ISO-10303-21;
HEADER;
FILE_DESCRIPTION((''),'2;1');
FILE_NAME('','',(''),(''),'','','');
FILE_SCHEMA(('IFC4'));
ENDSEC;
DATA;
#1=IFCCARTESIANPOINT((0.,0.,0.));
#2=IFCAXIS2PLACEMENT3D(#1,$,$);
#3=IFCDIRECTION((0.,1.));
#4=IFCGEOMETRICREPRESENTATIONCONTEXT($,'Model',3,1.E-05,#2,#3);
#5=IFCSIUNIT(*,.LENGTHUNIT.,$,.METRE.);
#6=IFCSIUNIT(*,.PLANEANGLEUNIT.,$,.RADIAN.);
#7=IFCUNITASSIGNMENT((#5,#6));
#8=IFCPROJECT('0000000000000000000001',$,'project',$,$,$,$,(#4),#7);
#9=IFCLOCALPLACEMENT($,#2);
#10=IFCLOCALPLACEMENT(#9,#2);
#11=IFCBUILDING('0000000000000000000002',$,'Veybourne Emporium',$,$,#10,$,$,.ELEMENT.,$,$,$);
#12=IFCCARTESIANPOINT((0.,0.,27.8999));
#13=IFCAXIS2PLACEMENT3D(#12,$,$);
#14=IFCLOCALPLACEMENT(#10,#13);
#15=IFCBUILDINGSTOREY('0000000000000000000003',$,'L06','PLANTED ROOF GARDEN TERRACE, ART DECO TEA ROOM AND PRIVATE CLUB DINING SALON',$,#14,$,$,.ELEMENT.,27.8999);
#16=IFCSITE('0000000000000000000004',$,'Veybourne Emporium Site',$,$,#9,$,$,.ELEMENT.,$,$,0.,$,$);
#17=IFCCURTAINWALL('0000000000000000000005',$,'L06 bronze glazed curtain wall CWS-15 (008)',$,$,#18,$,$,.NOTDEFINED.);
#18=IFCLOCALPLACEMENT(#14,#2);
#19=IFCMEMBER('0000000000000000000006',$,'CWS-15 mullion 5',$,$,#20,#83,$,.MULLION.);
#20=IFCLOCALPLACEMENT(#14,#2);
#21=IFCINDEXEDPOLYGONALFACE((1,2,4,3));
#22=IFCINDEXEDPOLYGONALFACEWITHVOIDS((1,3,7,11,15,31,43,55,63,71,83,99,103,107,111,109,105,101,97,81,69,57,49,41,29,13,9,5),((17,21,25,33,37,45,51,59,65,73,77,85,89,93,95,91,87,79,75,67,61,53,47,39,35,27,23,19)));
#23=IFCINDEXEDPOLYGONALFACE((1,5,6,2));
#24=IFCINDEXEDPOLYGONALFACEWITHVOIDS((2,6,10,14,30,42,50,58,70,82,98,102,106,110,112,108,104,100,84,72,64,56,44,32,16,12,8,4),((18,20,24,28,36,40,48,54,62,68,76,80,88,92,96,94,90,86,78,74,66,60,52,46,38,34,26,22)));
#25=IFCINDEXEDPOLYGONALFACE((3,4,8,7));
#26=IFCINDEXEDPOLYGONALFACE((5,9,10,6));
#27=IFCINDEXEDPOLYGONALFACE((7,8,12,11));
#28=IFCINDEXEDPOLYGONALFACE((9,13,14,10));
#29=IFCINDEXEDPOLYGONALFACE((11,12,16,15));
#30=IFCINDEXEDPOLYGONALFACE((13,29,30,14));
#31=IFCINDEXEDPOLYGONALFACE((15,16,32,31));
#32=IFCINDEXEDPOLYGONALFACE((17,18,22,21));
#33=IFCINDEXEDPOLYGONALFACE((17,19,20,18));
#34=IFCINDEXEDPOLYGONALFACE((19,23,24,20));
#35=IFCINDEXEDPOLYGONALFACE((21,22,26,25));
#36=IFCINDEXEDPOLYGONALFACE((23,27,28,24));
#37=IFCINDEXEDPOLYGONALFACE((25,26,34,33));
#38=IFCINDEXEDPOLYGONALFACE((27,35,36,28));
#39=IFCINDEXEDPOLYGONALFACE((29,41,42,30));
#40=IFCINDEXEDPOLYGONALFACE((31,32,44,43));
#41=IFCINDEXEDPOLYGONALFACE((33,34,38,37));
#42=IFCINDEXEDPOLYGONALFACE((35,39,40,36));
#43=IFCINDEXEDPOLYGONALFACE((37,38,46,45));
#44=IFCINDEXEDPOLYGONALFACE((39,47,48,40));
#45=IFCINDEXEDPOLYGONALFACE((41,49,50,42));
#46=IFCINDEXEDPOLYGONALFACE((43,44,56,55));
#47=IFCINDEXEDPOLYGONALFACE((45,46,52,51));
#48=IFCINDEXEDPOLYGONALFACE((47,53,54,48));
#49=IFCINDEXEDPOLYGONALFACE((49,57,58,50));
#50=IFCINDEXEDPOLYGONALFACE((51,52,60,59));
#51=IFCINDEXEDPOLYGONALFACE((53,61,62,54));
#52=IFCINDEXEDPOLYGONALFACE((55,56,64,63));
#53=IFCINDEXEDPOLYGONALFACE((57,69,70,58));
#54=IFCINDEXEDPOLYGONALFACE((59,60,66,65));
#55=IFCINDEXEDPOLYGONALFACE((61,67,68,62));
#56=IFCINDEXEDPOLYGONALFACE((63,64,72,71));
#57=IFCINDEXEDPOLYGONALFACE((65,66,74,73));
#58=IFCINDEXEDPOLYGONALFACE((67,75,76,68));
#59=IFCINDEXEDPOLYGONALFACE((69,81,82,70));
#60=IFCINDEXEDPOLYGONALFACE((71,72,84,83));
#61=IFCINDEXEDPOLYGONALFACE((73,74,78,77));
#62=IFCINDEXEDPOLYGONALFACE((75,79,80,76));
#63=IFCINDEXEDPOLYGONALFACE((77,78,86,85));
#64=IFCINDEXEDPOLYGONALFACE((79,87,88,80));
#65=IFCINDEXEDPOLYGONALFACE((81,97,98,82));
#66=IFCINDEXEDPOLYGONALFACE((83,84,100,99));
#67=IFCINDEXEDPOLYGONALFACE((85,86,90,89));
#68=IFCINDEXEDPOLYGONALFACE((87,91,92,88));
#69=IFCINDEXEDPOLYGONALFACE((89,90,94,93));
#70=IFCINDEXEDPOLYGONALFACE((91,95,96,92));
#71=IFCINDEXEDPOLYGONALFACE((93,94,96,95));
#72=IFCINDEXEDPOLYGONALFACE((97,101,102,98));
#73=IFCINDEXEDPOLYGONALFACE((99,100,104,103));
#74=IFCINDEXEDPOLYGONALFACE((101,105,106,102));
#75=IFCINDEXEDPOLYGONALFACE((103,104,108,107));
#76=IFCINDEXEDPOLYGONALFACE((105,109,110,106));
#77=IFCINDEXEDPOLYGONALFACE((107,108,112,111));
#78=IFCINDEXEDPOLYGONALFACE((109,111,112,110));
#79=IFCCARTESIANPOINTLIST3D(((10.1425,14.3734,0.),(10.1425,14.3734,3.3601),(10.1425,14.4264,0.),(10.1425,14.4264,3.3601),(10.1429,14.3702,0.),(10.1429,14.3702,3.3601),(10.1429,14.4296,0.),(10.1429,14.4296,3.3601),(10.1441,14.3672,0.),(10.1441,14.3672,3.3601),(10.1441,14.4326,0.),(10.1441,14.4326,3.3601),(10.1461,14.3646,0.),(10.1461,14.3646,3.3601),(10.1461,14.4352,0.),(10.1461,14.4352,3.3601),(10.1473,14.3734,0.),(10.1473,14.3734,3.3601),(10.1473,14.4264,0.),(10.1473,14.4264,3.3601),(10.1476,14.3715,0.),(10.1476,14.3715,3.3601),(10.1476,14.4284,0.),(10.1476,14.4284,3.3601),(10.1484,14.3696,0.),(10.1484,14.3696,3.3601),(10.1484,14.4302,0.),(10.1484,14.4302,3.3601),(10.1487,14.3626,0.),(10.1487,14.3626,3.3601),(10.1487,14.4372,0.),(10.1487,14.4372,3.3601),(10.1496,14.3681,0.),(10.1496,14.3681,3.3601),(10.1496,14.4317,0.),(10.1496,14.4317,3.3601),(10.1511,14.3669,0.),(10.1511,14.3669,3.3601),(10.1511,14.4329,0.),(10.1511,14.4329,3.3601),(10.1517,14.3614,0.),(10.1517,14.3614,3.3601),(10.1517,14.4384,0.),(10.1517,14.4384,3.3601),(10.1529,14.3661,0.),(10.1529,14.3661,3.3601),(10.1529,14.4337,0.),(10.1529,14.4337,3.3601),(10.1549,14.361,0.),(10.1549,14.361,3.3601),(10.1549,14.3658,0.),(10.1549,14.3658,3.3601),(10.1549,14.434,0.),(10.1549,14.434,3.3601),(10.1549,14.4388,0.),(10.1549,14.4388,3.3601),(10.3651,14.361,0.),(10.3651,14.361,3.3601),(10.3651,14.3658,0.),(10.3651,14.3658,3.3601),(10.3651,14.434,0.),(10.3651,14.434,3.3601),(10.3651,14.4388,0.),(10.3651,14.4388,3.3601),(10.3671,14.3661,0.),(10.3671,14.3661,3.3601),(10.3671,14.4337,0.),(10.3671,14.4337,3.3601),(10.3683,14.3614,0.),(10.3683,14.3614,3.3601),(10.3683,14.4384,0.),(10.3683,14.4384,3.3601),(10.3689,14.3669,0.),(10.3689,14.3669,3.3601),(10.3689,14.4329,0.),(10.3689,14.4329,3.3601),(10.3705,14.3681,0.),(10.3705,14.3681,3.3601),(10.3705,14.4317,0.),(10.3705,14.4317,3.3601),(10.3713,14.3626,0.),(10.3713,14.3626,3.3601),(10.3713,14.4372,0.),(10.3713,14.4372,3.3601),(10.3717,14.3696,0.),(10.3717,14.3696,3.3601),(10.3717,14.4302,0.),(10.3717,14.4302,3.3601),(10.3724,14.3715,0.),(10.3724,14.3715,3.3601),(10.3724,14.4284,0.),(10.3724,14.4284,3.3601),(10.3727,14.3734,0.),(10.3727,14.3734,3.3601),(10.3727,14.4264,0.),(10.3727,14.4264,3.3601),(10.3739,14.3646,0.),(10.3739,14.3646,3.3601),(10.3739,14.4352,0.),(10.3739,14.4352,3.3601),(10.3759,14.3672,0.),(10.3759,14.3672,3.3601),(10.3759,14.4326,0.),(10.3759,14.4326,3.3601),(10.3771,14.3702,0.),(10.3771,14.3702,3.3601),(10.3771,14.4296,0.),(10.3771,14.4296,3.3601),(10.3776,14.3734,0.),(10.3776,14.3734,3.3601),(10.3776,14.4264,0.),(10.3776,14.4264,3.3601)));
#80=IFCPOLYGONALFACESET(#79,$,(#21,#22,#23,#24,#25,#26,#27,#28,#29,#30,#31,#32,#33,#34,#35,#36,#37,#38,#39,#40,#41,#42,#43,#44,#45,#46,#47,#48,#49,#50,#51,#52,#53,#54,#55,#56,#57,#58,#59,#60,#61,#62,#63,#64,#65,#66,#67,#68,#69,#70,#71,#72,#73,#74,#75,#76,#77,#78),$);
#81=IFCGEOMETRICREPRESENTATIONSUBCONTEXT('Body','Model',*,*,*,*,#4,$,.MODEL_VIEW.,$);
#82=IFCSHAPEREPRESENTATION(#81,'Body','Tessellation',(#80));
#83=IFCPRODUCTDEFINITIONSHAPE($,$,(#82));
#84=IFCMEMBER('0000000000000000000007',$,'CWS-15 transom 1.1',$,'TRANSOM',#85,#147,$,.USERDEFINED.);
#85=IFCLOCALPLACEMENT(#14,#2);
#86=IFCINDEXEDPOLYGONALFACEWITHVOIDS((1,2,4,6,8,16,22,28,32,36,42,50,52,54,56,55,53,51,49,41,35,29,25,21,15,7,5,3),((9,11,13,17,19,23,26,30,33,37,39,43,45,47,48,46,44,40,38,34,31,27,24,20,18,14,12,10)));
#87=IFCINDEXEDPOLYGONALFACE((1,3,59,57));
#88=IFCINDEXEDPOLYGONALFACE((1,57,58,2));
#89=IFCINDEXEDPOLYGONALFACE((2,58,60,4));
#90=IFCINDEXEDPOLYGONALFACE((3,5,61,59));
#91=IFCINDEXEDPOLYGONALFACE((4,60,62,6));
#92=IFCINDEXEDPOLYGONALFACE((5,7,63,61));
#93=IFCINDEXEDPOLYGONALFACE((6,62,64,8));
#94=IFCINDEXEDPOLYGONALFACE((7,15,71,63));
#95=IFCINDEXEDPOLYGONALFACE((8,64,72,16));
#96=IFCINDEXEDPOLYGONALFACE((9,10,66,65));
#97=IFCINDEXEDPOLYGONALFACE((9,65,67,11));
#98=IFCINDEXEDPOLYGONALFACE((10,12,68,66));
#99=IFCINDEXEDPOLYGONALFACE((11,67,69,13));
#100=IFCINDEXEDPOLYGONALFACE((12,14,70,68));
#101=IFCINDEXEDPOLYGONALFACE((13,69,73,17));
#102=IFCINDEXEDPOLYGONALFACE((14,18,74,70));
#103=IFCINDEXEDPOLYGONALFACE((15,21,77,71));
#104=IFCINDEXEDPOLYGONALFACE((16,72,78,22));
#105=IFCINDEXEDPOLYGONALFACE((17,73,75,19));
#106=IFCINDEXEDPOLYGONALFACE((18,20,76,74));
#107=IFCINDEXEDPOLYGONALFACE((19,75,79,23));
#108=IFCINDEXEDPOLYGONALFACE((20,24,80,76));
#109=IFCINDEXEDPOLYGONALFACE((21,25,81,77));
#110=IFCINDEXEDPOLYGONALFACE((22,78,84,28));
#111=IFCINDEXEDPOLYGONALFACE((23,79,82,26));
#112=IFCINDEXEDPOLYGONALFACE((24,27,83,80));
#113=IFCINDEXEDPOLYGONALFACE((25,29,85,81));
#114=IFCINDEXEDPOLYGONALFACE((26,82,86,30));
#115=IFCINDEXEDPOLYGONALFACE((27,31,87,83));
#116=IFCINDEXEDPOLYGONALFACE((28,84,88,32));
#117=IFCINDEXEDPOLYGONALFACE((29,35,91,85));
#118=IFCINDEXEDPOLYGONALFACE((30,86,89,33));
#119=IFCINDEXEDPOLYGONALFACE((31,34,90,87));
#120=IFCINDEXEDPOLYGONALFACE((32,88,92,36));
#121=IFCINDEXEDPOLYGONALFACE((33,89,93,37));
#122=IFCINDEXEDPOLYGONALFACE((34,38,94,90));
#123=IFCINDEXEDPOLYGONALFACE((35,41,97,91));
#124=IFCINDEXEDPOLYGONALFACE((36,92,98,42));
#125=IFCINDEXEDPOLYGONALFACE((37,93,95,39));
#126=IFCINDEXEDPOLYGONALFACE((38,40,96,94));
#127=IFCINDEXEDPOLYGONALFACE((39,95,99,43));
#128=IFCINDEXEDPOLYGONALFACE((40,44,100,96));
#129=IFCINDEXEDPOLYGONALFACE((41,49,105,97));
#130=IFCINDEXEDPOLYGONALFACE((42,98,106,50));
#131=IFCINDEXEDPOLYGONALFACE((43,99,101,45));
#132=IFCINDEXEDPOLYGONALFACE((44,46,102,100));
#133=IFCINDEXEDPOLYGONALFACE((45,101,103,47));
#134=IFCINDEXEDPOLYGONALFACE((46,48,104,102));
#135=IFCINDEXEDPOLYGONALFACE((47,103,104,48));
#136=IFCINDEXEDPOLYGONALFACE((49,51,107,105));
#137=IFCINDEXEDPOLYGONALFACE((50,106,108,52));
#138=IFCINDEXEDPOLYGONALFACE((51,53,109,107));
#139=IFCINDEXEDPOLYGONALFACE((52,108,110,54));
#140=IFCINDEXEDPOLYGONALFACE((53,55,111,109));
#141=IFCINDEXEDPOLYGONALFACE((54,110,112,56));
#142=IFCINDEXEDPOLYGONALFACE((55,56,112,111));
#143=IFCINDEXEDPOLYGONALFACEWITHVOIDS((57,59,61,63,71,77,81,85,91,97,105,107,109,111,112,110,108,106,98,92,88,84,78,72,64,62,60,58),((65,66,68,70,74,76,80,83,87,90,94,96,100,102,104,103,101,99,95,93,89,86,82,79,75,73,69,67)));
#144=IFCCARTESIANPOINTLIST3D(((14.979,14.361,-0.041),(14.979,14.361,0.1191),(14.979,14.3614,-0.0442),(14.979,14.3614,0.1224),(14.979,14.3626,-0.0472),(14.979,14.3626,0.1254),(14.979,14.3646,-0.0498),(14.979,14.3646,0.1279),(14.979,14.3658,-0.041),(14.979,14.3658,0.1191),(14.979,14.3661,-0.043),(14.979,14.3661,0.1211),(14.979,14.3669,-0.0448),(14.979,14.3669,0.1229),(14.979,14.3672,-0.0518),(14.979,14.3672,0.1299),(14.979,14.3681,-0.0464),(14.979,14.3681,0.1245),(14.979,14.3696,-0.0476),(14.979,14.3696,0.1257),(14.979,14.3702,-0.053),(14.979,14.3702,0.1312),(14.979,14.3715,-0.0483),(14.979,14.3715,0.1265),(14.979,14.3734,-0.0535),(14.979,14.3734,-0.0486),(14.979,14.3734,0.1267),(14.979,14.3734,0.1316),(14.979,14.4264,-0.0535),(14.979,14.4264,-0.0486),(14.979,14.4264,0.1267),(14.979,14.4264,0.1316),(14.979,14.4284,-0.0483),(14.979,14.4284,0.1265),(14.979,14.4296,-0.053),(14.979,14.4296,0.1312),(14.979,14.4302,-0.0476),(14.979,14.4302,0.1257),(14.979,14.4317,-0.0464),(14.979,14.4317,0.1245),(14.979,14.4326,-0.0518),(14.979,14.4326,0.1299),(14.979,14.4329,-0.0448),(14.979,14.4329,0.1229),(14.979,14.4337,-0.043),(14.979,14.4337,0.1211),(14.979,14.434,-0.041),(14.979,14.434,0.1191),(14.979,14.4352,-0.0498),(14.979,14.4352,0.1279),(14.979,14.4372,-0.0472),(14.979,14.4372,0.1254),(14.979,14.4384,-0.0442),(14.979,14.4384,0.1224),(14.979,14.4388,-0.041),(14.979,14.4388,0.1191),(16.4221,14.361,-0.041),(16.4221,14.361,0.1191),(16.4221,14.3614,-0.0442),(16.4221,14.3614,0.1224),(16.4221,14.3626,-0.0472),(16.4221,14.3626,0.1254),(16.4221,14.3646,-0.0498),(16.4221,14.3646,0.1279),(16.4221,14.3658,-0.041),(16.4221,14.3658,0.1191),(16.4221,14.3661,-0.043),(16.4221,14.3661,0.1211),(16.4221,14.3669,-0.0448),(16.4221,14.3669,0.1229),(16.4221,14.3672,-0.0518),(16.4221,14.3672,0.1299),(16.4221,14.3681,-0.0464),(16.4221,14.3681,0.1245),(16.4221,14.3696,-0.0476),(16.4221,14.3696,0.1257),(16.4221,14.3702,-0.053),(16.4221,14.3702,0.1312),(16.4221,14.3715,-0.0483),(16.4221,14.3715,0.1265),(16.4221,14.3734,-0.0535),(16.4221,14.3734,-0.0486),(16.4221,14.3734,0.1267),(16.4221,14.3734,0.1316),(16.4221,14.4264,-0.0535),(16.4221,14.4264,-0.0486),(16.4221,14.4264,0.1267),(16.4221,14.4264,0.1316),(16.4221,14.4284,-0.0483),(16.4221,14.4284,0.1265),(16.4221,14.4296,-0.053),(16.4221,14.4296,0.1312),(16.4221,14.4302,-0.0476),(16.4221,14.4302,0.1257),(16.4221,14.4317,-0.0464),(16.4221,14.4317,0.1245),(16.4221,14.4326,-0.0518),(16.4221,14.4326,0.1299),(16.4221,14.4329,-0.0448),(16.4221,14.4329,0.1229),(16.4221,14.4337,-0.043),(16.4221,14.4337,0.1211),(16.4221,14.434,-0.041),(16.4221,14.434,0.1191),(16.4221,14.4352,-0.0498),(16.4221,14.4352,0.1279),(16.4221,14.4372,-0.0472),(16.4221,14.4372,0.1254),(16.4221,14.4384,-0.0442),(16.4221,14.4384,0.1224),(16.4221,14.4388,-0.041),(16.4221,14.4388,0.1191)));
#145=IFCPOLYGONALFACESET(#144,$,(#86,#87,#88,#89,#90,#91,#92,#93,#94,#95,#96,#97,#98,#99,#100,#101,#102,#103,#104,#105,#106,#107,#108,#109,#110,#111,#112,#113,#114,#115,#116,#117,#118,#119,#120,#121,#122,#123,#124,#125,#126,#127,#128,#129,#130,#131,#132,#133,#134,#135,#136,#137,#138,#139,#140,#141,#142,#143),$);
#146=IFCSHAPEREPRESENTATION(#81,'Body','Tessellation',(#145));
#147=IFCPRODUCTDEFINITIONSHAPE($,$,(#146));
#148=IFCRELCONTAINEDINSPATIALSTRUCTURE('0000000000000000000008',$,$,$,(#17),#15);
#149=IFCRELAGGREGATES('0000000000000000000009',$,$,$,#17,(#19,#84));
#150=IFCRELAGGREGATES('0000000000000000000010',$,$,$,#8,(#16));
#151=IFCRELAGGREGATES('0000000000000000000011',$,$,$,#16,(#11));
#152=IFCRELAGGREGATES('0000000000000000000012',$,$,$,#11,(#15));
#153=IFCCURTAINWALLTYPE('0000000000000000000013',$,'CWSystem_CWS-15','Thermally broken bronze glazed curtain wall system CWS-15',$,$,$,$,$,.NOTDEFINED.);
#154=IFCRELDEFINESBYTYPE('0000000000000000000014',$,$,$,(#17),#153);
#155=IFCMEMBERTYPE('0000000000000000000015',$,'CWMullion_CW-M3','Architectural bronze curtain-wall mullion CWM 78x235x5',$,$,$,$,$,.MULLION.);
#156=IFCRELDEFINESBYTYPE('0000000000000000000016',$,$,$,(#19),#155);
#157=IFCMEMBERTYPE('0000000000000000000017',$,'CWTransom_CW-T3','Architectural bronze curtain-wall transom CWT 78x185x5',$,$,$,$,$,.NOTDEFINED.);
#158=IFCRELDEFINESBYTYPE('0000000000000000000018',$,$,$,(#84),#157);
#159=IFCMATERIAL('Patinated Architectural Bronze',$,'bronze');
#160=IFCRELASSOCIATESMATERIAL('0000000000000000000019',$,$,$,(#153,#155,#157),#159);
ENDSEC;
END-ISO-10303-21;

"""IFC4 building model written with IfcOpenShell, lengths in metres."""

from ifc_helpers import new_model, si_unit, direction, frame, origin, origin_2d, place, context, subcontext, project, spatial, hollow_rectangle, extrude, material, material_profile, profile_set, type_object, element, aggregate, save


model = new_model("IFC4")

# Units and contexts
model_context = context("Model", 3, precision=1e-05, world=origin(), true_north=direction((0.0, 1.0)))
body_context = subcontext(model_context, "Body", "Model", "MODEL_VIEW")
ifc_project = project(units=[si_unit("LENGTHUNIT", "METRE"), si_unit("PLANEANGLEUNIT", "RADIAN")], contexts=[model_context])

# Site, building, storey
site_placement = place(None, origin())
site = spatial("IfcSite", under=ifc_project, at=site_placement, Name="Veybourne Emporium Site", CompositionType="ELEMENT", RefElevation=0.0)
building_placement = place(site_placement, origin())
building = spatial("IfcBuilding", under=site, at=building_placement, Name="Veybourne Emporium", CompositionType="ELEMENT")
storey_placement = place(building_placement, frame((0.0, 0.0, 27.8999)))
storey = spatial("IfcBuildingStorey", under=building, at=storey_placement, Name="L06", Description="PLANTED ROOF GARDEN TERRACE, ART DECO TEA ROOM AND PRIVATE CLUB DINING SALON", CompositionType="ELEMENT", Elevation=27.8999)

# Curtain wall, members
ifc_material_1 = material(Name="Patinated Architectural Bronze", Category="bronze")
curtain_wall_type = type_object("IfcCurtainWallType", Name="CWSystem_CWS-15", Description="Thermally broken bronze glazed curtain wall system CWS-15", PredefinedType="NOTDEFINED", material=ifc_material_1)
curtain_wall_placement = place(storey_placement, origin())
curtain_wall = element("IfcCurtainWall", 1, at=curtain_wall_placement, inside=storey, type_object=curtain_wall_type, Name="L06 bronze glazed curtain wall CWS-15 (008)", PredefinedType="NOTDEFINED")
ifc_material_profile_1 = material_profile(ifc_material_1, hollow_rectangle(XDim=0.0779, YDim=0.2351, WallThickness=0.0049, InnerFilletRadius=0.0076, OuterFilletRadius=0.0125, at=origin_2d()), Name="CWM 78x235x5")
ifc_profile_set_1 = profile_set([ifc_material_profile_1], Name="Patinated Architectural Bronze")
member_type_1 = type_object("IfcMemberType", Name="CWMullion_CW-M3", Description="Architectural bronze curtain-wall mullion CWM 78x235x5", PredefinedType="MULLION", material=ifc_profile_set_1)
member_1_placement = place(storey_placement, frame((10.26, 14.3999, 0.0), z_axis=(0.0, 0.0, 1.0), x_axis=(0.0, -1.0, 0.0)))
member_1 = element("IfcMember", 2, at=member_1_placement, type_object=member_type_1, Name="CWS-15 mullion 5", PredefinedType="MULLION", context=body_context, shape_type="SweptSolid", body=[
    extrude(hollow_rectangle(XDim=0.0779, YDim=0.2351, WallThickness=0.0049, InnerFilletRadius=0.0076, OuterFilletRadius=0.0125, at=origin_2d()), origin(), (0.0, 0.0, 1.0), 3.3601),
])
ifc_material_profile_2 = material_profile(ifc_material_1, hollow_rectangle(XDim=0.0779, YDim=0.1851, WallThickness=0.0049, InnerFilletRadius=0.0076, OuterFilletRadius=0.0125, at=origin_2d()), Name="CWT 78x185x5")
ifc_profile_set_2 = profile_set([ifc_material_profile_2], Name="Patinated Architectural Bronze")
member_type_2 = type_object("IfcMemberType", Name="CWTransom_CW-T3", Description="Architectural bronze curtain-wall transom CWT 78x185x5", PredefinedType="NOTDEFINED", material=ifc_profile_set_2)
member_2_placement = place(storey_placement, frame((16.4221, 14.3999, 0.0391), z_axis=(-1.0, 0.0, 0.0), x_axis=(0.0, -1.0, 0.0)))
member_2 = element("IfcMember", 3, at=member_2_placement, type_object=member_type_2, Name="CWS-15 transom 1.1", ObjectType="TRANSOM", PredefinedType="USERDEFINED", context=body_context, shape_type="SweptSolid", body=[
    extrude(hollow_rectangle(XDim=0.0779, YDim=0.1851, WallThickness=0.0049, InnerFilletRadius=0.0076, OuterFilletRadius=0.0125, at=origin_2d()), origin(), (0.0, 0.0, 1.0), 1.4431),
])
aggregate(curtain_wall, [member_1, member_2])

save(model, "model.ifc")
